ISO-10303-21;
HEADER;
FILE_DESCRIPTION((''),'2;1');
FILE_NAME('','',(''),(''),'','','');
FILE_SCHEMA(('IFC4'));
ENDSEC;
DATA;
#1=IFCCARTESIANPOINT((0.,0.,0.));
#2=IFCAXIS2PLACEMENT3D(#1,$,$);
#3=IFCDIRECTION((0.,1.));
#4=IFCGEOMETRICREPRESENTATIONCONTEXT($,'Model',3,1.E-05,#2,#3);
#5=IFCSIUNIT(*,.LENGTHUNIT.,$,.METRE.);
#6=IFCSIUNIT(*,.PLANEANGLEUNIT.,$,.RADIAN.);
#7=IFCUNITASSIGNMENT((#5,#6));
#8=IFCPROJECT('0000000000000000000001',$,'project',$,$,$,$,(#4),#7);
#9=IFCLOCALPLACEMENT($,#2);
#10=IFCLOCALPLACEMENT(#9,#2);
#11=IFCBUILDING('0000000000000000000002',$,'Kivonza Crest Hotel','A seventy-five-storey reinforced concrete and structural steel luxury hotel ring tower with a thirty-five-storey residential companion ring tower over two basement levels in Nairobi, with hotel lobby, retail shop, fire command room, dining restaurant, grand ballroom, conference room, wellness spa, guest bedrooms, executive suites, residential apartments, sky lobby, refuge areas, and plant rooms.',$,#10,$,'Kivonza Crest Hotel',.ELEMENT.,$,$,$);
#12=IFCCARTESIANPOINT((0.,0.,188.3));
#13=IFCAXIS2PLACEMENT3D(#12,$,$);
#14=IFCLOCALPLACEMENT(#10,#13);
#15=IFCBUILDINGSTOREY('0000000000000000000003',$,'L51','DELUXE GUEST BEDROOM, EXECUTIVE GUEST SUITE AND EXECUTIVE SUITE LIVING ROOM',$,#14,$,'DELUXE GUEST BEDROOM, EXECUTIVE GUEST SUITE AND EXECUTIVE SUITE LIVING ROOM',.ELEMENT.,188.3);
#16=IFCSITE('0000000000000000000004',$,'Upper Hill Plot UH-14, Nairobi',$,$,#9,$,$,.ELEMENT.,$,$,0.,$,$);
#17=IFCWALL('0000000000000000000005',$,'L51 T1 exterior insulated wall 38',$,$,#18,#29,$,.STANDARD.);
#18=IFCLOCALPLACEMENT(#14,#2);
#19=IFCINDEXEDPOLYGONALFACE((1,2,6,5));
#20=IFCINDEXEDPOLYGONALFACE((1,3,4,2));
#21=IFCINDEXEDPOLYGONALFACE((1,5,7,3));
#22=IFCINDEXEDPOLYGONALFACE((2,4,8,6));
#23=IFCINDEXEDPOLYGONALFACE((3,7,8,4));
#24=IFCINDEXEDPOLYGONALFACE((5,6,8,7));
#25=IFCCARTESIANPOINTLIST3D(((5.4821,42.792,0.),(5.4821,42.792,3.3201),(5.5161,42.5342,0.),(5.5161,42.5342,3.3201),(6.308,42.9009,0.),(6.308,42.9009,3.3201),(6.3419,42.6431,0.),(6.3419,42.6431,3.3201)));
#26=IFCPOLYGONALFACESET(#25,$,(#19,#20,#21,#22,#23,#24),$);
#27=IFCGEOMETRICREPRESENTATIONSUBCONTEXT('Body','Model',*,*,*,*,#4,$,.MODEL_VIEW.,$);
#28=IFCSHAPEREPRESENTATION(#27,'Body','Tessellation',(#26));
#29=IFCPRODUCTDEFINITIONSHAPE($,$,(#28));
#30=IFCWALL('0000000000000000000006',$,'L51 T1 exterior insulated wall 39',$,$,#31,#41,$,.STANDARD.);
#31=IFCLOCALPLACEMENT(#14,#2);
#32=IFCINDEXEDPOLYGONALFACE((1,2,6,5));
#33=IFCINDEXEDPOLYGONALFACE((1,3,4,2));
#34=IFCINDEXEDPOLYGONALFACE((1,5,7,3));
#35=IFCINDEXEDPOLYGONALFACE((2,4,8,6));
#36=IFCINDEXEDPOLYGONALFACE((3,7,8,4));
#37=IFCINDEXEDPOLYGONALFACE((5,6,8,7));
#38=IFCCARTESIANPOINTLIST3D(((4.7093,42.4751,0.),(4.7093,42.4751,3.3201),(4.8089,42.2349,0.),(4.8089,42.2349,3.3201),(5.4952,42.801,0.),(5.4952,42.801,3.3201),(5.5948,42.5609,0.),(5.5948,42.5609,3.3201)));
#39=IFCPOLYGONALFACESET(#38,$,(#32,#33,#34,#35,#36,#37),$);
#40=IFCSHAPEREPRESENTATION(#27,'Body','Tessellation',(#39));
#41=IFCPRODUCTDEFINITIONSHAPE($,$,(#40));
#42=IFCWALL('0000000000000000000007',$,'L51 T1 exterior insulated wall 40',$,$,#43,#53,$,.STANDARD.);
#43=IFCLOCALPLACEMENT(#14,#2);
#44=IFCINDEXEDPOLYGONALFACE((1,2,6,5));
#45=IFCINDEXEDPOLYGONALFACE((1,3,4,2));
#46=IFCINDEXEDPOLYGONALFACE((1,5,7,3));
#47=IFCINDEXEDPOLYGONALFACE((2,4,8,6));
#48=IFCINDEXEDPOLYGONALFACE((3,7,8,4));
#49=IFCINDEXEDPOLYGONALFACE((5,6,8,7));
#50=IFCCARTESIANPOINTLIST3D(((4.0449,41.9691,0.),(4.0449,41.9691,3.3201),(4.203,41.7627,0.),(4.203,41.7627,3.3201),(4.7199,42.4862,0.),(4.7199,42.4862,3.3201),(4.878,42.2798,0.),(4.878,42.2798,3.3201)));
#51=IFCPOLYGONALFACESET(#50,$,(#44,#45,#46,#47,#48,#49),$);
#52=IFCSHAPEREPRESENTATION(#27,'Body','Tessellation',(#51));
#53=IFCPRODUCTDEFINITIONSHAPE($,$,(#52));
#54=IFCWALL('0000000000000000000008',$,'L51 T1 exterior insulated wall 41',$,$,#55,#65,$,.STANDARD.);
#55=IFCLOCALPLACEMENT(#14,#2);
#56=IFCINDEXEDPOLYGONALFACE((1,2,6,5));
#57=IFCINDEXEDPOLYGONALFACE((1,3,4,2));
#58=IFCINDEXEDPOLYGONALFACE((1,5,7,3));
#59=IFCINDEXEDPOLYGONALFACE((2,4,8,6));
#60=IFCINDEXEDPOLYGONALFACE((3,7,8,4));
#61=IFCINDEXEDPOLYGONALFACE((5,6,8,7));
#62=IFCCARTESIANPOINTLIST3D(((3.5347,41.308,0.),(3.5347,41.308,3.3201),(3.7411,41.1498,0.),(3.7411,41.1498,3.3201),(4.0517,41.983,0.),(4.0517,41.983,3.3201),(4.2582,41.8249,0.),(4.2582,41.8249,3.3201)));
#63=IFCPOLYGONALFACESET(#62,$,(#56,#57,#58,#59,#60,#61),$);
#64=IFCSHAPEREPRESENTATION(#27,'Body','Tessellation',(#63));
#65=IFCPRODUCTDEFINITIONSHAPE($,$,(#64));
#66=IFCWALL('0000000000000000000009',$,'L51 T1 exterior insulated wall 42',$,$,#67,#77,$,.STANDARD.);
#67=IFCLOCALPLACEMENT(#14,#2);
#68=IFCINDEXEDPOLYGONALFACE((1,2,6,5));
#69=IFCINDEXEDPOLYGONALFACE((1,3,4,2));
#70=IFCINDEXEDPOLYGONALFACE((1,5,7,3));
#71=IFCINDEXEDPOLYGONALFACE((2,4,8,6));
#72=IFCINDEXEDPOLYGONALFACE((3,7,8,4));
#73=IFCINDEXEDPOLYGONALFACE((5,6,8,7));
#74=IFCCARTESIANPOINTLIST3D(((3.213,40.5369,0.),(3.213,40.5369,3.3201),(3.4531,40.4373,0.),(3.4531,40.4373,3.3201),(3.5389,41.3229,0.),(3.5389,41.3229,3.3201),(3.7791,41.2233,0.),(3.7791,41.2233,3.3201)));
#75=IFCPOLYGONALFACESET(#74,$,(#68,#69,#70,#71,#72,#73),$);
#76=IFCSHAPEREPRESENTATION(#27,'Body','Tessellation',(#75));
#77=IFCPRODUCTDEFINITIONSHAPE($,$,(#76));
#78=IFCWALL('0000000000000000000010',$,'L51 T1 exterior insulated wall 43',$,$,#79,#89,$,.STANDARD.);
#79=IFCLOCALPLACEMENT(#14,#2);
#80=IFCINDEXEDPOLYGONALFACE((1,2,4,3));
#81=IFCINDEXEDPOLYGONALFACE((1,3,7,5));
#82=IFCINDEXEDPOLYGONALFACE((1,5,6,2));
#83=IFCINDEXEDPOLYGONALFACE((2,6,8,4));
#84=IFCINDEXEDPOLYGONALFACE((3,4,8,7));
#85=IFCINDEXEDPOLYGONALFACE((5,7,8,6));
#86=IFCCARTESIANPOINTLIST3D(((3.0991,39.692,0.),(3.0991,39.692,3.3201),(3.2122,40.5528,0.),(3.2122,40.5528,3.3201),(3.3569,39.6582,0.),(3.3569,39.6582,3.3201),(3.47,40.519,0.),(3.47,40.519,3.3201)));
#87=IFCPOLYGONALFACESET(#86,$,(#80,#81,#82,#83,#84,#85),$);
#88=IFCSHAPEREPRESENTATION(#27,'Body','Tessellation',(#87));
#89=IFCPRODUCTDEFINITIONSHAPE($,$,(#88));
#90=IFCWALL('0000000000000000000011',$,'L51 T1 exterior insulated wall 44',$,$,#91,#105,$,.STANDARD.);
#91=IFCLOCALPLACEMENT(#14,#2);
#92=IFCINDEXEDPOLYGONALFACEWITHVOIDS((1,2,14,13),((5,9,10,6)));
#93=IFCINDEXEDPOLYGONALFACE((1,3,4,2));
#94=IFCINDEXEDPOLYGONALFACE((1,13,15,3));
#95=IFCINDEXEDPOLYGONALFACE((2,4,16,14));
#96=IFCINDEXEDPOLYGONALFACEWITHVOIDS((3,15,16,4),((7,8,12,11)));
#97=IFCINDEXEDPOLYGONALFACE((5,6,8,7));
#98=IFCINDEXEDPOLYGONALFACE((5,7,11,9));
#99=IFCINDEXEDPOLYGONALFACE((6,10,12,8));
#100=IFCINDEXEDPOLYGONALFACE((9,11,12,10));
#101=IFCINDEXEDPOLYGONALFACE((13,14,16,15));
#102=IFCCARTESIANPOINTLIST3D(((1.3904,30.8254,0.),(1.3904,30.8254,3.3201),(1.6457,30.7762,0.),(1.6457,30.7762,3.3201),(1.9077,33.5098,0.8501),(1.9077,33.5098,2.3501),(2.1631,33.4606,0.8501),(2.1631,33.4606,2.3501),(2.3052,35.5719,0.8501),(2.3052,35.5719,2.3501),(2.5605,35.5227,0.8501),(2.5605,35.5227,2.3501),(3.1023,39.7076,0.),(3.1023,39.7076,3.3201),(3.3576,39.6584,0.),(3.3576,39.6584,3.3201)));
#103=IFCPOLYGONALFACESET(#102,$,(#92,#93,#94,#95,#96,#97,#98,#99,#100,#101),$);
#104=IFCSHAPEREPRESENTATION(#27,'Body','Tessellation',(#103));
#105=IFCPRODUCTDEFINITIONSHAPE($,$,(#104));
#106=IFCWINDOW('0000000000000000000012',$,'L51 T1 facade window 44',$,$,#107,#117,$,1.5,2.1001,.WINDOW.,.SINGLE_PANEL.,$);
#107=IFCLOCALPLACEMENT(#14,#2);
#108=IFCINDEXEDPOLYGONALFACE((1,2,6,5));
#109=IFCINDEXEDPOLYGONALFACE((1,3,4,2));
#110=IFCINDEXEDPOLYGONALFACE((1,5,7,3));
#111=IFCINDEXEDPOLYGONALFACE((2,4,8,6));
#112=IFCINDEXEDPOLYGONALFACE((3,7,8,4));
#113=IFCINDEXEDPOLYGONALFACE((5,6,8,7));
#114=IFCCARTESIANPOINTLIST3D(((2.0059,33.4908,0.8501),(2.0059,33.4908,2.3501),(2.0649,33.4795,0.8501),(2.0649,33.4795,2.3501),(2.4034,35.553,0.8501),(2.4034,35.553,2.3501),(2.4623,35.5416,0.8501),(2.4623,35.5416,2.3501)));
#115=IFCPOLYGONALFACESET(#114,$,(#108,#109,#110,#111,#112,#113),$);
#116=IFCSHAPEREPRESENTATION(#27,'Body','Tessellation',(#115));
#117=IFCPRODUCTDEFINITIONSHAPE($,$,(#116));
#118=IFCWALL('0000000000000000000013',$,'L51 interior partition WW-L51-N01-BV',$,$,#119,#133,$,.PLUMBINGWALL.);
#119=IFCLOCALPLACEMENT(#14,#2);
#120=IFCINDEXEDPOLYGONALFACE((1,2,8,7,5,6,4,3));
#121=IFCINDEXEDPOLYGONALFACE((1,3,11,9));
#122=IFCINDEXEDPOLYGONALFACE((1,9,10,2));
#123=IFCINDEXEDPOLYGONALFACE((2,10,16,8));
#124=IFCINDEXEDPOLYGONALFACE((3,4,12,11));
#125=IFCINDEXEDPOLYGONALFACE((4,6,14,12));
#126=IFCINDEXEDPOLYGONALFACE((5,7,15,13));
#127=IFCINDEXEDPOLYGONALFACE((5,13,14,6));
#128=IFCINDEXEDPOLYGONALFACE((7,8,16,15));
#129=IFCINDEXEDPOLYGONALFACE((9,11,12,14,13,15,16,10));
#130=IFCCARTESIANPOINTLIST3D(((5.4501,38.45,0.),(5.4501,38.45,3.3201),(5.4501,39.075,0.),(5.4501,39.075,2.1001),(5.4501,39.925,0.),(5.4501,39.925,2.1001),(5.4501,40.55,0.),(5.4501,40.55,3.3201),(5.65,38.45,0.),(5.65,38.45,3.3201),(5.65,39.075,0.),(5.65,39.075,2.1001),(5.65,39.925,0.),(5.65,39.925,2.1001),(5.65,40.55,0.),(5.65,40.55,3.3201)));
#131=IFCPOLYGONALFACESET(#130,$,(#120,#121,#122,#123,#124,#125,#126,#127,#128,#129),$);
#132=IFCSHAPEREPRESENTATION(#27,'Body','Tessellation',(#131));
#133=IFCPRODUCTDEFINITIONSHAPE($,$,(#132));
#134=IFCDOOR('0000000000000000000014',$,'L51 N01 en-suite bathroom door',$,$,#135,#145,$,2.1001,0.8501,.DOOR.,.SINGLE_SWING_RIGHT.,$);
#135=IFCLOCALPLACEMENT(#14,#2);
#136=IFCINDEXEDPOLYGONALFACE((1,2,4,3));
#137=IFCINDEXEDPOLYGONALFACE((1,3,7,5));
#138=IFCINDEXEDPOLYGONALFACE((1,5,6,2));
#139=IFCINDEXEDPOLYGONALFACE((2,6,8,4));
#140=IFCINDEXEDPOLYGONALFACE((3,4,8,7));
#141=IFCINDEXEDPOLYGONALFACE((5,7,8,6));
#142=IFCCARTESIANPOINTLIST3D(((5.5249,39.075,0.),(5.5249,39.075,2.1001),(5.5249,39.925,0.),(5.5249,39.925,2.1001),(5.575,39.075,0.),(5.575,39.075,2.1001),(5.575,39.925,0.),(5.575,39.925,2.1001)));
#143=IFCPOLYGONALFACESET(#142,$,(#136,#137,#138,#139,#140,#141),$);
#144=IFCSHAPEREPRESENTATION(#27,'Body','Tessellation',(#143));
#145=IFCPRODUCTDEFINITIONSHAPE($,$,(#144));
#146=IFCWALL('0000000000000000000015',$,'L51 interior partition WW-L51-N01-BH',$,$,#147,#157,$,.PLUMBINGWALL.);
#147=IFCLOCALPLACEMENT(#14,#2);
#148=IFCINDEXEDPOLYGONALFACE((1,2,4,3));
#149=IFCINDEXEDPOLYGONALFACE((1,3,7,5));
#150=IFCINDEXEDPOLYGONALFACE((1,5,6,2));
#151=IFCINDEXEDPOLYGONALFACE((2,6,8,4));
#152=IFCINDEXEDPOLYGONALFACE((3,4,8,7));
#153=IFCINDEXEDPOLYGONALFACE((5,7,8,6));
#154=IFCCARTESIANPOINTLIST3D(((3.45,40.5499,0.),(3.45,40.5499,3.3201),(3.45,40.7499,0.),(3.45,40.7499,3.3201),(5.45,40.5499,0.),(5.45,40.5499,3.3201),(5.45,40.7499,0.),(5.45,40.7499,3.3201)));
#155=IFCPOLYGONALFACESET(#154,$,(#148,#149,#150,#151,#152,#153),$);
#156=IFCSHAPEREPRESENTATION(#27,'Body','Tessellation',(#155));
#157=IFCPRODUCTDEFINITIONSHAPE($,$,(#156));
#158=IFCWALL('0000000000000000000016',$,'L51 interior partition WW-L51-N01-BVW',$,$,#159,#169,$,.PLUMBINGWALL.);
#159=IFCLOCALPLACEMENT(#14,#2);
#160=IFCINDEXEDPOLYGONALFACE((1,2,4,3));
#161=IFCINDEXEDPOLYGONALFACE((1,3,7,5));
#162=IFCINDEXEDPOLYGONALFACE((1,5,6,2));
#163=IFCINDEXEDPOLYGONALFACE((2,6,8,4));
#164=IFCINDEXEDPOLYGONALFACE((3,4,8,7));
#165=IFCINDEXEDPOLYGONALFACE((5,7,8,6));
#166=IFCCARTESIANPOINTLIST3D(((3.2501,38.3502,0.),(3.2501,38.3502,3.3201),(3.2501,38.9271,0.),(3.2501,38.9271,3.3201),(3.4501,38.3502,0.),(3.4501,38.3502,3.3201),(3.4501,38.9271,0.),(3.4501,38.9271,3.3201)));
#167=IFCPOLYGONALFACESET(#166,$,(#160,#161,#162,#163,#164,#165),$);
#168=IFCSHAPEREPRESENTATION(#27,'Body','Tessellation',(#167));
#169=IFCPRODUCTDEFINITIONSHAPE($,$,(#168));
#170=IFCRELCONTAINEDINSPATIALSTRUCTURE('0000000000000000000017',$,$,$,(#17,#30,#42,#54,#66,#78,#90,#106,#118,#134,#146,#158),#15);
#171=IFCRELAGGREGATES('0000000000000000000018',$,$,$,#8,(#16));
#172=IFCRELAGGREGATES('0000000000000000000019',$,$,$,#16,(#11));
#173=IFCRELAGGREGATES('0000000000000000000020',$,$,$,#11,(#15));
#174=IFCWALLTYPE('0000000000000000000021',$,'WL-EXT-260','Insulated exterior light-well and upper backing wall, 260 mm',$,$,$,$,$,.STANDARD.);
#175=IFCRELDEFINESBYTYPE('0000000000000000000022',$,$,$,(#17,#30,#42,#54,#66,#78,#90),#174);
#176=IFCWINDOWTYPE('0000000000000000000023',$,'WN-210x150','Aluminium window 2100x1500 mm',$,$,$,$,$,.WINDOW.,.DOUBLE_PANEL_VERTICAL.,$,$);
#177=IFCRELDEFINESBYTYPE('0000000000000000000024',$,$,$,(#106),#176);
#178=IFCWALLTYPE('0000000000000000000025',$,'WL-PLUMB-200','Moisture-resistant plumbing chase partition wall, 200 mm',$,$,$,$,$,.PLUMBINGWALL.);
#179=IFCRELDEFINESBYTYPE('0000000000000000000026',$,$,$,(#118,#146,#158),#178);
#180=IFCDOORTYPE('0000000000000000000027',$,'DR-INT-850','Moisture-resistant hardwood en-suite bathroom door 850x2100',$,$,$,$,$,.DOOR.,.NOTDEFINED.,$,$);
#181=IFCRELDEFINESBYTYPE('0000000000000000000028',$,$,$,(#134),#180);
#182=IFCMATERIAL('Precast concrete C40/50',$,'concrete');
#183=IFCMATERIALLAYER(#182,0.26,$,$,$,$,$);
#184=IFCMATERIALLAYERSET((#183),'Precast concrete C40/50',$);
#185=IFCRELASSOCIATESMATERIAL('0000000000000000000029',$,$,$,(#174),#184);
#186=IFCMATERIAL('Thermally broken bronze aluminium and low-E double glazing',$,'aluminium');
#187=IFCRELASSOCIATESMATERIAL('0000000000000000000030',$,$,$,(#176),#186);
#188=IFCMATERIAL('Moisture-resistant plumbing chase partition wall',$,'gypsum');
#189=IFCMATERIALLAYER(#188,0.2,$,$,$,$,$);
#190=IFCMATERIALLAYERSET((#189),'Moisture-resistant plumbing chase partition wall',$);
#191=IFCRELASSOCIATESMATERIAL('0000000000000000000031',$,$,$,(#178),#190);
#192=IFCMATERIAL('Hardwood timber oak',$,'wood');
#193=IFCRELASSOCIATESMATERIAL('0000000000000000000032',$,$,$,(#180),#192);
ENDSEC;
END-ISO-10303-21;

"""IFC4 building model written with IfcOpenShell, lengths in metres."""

from ifc_helpers import new_model, si_unit, direction, frame, frame_2d, origin, place, context, subcontext, project, spatial, rectangle, extrude, material, layer, layer_set, type_object, element, fill, save


model = new_model("IFC4")

# Units and contexts
model_context = context("Model", 3, precision=1e-05, world=origin(), true_north=direction((0.0, 1.0)))
body_context = subcontext(model_context, "Body", "Model", "MODEL_VIEW")
ifc_project = project(units=[si_unit("LENGTHUNIT", "METRE"), si_unit("PLANEANGLEUNIT", "RADIAN")], contexts=[model_context])

# Site, building, storey
site_placement = place(None, origin())
site = spatial("IfcSite", under=ifc_project, at=site_placement, Name="Upper Hill Plot UH-14, Nairobi", CompositionType="ELEMENT", RefElevation=0.0)
building_placement = place(site_placement, origin())
building = spatial("IfcBuilding", under=site, at=building_placement, Name="Kivonza Crest Hotel", Description="A seventy-five-storey reinforced concrete and structural steel luxury hotel ring tower with a thirty-five-storey residential companion ring tower over two basement levels in Nairobi, with hotel lobby, retail shop, fire command room, dining restaurant, grand ballroom, conference room, wellness spa, guest bedrooms, executive suites, residential apartments, sky lobby, refuge areas, and plant rooms.", LongName="Kivonza Crest Hotel", CompositionType="ELEMENT")
storey_placement = place(building_placement, frame((0.0, 0.0, 188.3)))
storey = spatial("IfcBuildingStorey", under=building, at=storey_placement, Name="L51", Description="DELUXE GUEST BEDROOM, EXECUTIVE GUEST SUITE AND EXECUTIVE SUITE LIVING ROOM", LongName="DELUXE GUEST BEDROOM, EXECUTIVE GUEST SUITE AND EXECUTIVE SUITE LIVING ROOM", CompositionType="ELEMENT", Elevation=188.3)

# Shared definitions
ifc_material_1 = material(Name="Hardwood timber oak", Category="wood")

# Walls
ifc_material_2 = material(Name="Precast concrete C40/50", Category="concrete")
ifc_layer_1 = layer(ifc_material_2, 0.26)
ifc_layer_set_1 = layer_set([ifc_layer_1], Name="Precast concrete C40/50")
wall_type_1 = type_object("IfcWallType", Name="WL-EXT-260", Description="Insulated exterior light-well and upper backing wall, 260 mm", PredefinedType="STANDARD", material=ifc_layer_set_1)
wall_1_placement = place(storey_placement, frame((6.325, 42.772, 0.0), z_axis=(0.0, 0.0, 1.0), x_axis=(-0.991421, -0.130705, 0.0)))
element("IfcWall", 1, at=wall_1_placement, inside=storey, type_object=wall_type_1, Name="L51 T1 exterior insulated wall 38", PredefinedType="STANDARD", context=body_context, shape_type="SweptSolid", body=[
    extrude(rectangle(XDim=0.833, YDim=0.26, at=frame_2d((0.4165, 0.0))), origin(), (0.0, 0.0, 1.0), 3.3201),
])
wall_2_placement = place(storey_placement, frame((5.5449, 42.6809, 0.0), z_axis=(0.0, 0.0, 1.0), x_axis=(-0.923712, -0.383087, 0.0)))
element("IfcWall", 2, at=wall_2_placement, inside=storey, type_object=wall_type_1, Name="L51 T1 exterior insulated wall 39", PredefinedType="STANDARD", context=body_context, shape_type="SweptSolid", body=[
    extrude(rectangle(XDim=0.8508, YDim=0.26, at=frame_2d((0.4253, 0.0))), origin(), (0.0, 0.0, 1.0), 3.3201),
])
for number, where, z_axis, x_axis, name in (
    (3, (4.7991, 42.3831, 0.0), (0.0, 0.0, 1.0), (-0.79386, -0.6081, 0.0), "L51 T1 exterior insulated wall 40"),
    (4, (4.155, 41.9041, 0.0), (0.0, 0.0, 1.0), (-0.6081, -0.79386, 0.0), "L51 T1 exterior insulated wall 41"),
):
    element("IfcWall", number, at=place(storey_placement, frame(where, z_axis=z_axis, x_axis=x_axis)), inside=storey, type_object=wall_type_1, Name=name, PredefinedType="STANDARD", context=body_context, shape_type="SweptSolid", body=[
        extrude(rectangle(XDim=0.8503, YDim=0.26, at=frame_2d((0.4253, 0.0))), origin(), (0.0, 0.0, 1.0), 3.3201),
    ])
wall_3_placement = place(storey_placement, frame((3.6589, 41.2729, 0.0), z_axis=(0.0, 0.0, 1.0), x_axis=(-0.383087, -0.923712, 0.0)))
element("IfcWall", 5, at=wall_3_placement, inside=storey, type_object=wall_type_1, Name="L51 T1 exterior insulated wall 42", PredefinedType="STANDARD", context=body_context, shape_type="SweptSolid", body=[
    extrude(rectangle(XDim=0.8508, YDim=0.26, at=frame_2d((0.4253, 0.0))), origin(), (0.0, 0.0, 1.0), 3.3201),
])
wall_4_placement = place(storey_placement, frame((3.3411, 40.5359, 0.0), z_axis=(0.0, 0.0, 1.0), x_axis=(-0.130193, -0.991489, 0.0)))
element("IfcWall", 6, at=wall_4_placement, inside=storey, type_object=wall_type_1, Name="L51 T1 exterior insulated wall 43", PredefinedType="STANDARD", context=body_context, shape_type="SweptSolid", body=[
    extrude(rectangle(XDim=0.8682, YDim=0.26, at=frame_2d((0.4341, 0.0))), origin(), (0.0, 0.0, 1.0), 3.3201),
])

# Wall, opening, window
wall_5_placement = place(storey_placement, frame((3.23, 39.6831, 0.0), z_axis=(0.0, 0.0, 1.0), x_axis=(-0.189255, -0.981928, 0.0)))
wall_5 = element("IfcWall", 7, at=wall_5_placement, inside=storey, type_object=wall_type_1, Name="L51 T1 exterior insulated wall 44", PredefinedType="STANDARD", context=body_context, shape_type="SweptSolid", body=[
    extrude(rectangle(XDim=9.0457, YDim=0.26, at=frame_2d((4.5229, 0.0))), origin(), (0.0, 0.0, 1.0), 3.3201),
])
opening_1_placement = place(wall_5_placement, frame((4.2119, 0.0, 0.8501)))
opening_1 = element("IfcOpeningElement", 8, at=opening_1_placement, cuts=wall_5, PredefinedType="OPENING", context=body_context, shape_type="SweptSolid", body=[
    extrude(rectangle(XDim=2.1001, YDim=1.5, at=frame_2d((1.05, 0.75))), frame((0.0, 0.1401, 0.0), z_axis=(0.0, -1.0, 0.0), x_axis=(1.0, 0.0, 0.0)), (0.0, 0.0, 1.0), 0.28),
])
ifc_material_3 = material(Name="Thermally broken bronze aluminium and low-E double glazing", Category="aluminium")
window_type = type_object("IfcWindowType", Name="WN-210x150", Description="Aluminium window 2100x1500 mm", PartitioningType="DOUBLE_PANEL_VERTICAL", PredefinedType="WINDOW", material=ifc_material_3)
window_placement = place(opening_1_placement, origin())
window = element("IfcWindow", 9, at=window_placement, inside=storey, type_object=window_type, Name="L51 T1 facade window 44", OverallHeight=1.5, OverallWidth=2.1001, PartitioningType="SINGLE_PANEL", PredefinedType="WINDOW", context=body_context, shape_type="SweptSolid", body=[
    extrude(rectangle(XDim=2.1001, YDim=1.5, at=frame_2d((1.05, 0.75))), frame((0.0, 0.03, 0.0), z_axis=(0.0, -1.0, 0.0), x_axis=(1.0, 0.0, 0.0)), (0.0, 0.0, 1.0), 0.0601),
])
fill(opening_1, window)

# Wall, opening, door
ifc_material_4 = material(Name="Moisture-resistant plumbing chase partition wall", Category="gypsum")
ifc_layer_2 = layer(ifc_material_4, 0.2)
ifc_layer_set_2 = layer_set([ifc_layer_2], Name="Moisture-resistant plumbing chase partition wall")
wall_type_2 = type_object("IfcWallType", Name="WL-PLUMB-200", Description="Moisture-resistant plumbing chase partition wall, 200 mm", PredefinedType="PLUMBINGWALL", material=ifc_layer_set_2)
wall_6_placement = place(storey_placement, frame((5.55, 38.45, 0.0), z_axis=(0.0, 0.0, 1.0), x_axis=(0.0, 1.0, 0.0)))
wall_6 = element("IfcWall", 10, at=wall_6_placement, inside=storey, type_object=wall_type_2, Name="L51 interior partition WW-L51-N01-BV", PredefinedType="PLUMBINGWALL", context=body_context, shape_type="SweptSolid", body=[
    extrude(rectangle(XDim=2.1001, YDim=0.2, at=frame_2d((1.05, 0.0))), origin(), (0.0, 0.0, 1.0), 3.3201),
])
opening_2_placement = place(wall_6_placement, frame((0.625, 0.0, 0.0)))
opening_2 = element("IfcOpeningElement", 11, at=opening_2_placement, cuts=wall_6, PredefinedType="OPENING", context=body_context, shape_type="SweptSolid", body=[
    extrude(rectangle(XDim=0.8501, YDim=2.1001, at=frame_2d((0.425, 1.05))), frame((0.0, 0.1099, 0.0), z_axis=(0.0, -1.0, 0.0), x_axis=(1.0, 0.0, 0.0)), (0.0, 0.0, 1.0), 0.22),
])
door_type_1 = type_object("IfcDoorType", Name="DR-INT-850", Description="Moisture-resistant hardwood en-suite bathroom door 850x2100", OperationType="NOTDEFINED", PredefinedType="DOOR", material=ifc_material_1)
door_1_placement = place(opening_2_placement, frame((0.8501, 0.0, 0.0), z_axis=(0.0, 0.0, 1.0), x_axis=(-1.0, 0.0, 0.0)))
door_1 = element("IfcDoor", 12, at=door_1_placement, inside=storey, type_object=door_type_1, Name="L51 N01 en-suite bathroom door", OperationType="SINGLE_SWING_RIGHT", OverallHeight=2.1001, OverallWidth=0.8501, PredefinedType="DOOR", context=body_context, shape_type="SweptSolid", body=[
    extrude(rectangle(XDim=0.8501, YDim=2.1001, at=frame_2d((0.425, 1.05))), frame((0.0, 0.0249, 0.0), z_axis=(0.0, -1.0, 0.0), x_axis=(1.0, 0.0, 0.0)), (0.0, 0.0, 1.0), 0.05),
])
fill(opening_2, door_1)

# Walls
wall_7_placement = place(storey_placement, frame((3.45, 40.6499, 0.0), z_axis=(0.0, 0.0, 1.0), x_axis=(1.0, 0.0, 0.0)))
element("IfcWall", 13, at=wall_7_placement, inside=storey, type_object=wall_type_2, Name="L51 interior partition WW-L51-N01-BH", PredefinedType="PLUMBINGWALL", context=body_context, shape_type="SweptSolid", body=[
    extrude(rectangle(XDim=2.0, YDim=0.2, at=frame_2d((1.0, 0.0))), origin(), (0.0, 0.0, 1.0), 3.3201),
])
wall_8_placement = place(storey_placement, frame((3.3501, 38.3501, 0.0), z_axis=(0.0, 0.0, 1.0), x_axis=(0.0, 1.0, 0.0)))
element("IfcWall", 14, at=wall_8_placement, inside=storey, type_object=wall_type_2, Name="L51 interior partition WW-L51-N01-BVW", PredefinedType="PLUMBINGWALL", context=body_context, shape_type="SweptSolid", body=[
    extrude(rectangle(XDim=0.5769, YDim=0.2, at=frame_2d((0.2886, 0.0))), origin(), (0.0, 0.0, 1.0), 3.3201),
])

save(model, "model.ifc")
